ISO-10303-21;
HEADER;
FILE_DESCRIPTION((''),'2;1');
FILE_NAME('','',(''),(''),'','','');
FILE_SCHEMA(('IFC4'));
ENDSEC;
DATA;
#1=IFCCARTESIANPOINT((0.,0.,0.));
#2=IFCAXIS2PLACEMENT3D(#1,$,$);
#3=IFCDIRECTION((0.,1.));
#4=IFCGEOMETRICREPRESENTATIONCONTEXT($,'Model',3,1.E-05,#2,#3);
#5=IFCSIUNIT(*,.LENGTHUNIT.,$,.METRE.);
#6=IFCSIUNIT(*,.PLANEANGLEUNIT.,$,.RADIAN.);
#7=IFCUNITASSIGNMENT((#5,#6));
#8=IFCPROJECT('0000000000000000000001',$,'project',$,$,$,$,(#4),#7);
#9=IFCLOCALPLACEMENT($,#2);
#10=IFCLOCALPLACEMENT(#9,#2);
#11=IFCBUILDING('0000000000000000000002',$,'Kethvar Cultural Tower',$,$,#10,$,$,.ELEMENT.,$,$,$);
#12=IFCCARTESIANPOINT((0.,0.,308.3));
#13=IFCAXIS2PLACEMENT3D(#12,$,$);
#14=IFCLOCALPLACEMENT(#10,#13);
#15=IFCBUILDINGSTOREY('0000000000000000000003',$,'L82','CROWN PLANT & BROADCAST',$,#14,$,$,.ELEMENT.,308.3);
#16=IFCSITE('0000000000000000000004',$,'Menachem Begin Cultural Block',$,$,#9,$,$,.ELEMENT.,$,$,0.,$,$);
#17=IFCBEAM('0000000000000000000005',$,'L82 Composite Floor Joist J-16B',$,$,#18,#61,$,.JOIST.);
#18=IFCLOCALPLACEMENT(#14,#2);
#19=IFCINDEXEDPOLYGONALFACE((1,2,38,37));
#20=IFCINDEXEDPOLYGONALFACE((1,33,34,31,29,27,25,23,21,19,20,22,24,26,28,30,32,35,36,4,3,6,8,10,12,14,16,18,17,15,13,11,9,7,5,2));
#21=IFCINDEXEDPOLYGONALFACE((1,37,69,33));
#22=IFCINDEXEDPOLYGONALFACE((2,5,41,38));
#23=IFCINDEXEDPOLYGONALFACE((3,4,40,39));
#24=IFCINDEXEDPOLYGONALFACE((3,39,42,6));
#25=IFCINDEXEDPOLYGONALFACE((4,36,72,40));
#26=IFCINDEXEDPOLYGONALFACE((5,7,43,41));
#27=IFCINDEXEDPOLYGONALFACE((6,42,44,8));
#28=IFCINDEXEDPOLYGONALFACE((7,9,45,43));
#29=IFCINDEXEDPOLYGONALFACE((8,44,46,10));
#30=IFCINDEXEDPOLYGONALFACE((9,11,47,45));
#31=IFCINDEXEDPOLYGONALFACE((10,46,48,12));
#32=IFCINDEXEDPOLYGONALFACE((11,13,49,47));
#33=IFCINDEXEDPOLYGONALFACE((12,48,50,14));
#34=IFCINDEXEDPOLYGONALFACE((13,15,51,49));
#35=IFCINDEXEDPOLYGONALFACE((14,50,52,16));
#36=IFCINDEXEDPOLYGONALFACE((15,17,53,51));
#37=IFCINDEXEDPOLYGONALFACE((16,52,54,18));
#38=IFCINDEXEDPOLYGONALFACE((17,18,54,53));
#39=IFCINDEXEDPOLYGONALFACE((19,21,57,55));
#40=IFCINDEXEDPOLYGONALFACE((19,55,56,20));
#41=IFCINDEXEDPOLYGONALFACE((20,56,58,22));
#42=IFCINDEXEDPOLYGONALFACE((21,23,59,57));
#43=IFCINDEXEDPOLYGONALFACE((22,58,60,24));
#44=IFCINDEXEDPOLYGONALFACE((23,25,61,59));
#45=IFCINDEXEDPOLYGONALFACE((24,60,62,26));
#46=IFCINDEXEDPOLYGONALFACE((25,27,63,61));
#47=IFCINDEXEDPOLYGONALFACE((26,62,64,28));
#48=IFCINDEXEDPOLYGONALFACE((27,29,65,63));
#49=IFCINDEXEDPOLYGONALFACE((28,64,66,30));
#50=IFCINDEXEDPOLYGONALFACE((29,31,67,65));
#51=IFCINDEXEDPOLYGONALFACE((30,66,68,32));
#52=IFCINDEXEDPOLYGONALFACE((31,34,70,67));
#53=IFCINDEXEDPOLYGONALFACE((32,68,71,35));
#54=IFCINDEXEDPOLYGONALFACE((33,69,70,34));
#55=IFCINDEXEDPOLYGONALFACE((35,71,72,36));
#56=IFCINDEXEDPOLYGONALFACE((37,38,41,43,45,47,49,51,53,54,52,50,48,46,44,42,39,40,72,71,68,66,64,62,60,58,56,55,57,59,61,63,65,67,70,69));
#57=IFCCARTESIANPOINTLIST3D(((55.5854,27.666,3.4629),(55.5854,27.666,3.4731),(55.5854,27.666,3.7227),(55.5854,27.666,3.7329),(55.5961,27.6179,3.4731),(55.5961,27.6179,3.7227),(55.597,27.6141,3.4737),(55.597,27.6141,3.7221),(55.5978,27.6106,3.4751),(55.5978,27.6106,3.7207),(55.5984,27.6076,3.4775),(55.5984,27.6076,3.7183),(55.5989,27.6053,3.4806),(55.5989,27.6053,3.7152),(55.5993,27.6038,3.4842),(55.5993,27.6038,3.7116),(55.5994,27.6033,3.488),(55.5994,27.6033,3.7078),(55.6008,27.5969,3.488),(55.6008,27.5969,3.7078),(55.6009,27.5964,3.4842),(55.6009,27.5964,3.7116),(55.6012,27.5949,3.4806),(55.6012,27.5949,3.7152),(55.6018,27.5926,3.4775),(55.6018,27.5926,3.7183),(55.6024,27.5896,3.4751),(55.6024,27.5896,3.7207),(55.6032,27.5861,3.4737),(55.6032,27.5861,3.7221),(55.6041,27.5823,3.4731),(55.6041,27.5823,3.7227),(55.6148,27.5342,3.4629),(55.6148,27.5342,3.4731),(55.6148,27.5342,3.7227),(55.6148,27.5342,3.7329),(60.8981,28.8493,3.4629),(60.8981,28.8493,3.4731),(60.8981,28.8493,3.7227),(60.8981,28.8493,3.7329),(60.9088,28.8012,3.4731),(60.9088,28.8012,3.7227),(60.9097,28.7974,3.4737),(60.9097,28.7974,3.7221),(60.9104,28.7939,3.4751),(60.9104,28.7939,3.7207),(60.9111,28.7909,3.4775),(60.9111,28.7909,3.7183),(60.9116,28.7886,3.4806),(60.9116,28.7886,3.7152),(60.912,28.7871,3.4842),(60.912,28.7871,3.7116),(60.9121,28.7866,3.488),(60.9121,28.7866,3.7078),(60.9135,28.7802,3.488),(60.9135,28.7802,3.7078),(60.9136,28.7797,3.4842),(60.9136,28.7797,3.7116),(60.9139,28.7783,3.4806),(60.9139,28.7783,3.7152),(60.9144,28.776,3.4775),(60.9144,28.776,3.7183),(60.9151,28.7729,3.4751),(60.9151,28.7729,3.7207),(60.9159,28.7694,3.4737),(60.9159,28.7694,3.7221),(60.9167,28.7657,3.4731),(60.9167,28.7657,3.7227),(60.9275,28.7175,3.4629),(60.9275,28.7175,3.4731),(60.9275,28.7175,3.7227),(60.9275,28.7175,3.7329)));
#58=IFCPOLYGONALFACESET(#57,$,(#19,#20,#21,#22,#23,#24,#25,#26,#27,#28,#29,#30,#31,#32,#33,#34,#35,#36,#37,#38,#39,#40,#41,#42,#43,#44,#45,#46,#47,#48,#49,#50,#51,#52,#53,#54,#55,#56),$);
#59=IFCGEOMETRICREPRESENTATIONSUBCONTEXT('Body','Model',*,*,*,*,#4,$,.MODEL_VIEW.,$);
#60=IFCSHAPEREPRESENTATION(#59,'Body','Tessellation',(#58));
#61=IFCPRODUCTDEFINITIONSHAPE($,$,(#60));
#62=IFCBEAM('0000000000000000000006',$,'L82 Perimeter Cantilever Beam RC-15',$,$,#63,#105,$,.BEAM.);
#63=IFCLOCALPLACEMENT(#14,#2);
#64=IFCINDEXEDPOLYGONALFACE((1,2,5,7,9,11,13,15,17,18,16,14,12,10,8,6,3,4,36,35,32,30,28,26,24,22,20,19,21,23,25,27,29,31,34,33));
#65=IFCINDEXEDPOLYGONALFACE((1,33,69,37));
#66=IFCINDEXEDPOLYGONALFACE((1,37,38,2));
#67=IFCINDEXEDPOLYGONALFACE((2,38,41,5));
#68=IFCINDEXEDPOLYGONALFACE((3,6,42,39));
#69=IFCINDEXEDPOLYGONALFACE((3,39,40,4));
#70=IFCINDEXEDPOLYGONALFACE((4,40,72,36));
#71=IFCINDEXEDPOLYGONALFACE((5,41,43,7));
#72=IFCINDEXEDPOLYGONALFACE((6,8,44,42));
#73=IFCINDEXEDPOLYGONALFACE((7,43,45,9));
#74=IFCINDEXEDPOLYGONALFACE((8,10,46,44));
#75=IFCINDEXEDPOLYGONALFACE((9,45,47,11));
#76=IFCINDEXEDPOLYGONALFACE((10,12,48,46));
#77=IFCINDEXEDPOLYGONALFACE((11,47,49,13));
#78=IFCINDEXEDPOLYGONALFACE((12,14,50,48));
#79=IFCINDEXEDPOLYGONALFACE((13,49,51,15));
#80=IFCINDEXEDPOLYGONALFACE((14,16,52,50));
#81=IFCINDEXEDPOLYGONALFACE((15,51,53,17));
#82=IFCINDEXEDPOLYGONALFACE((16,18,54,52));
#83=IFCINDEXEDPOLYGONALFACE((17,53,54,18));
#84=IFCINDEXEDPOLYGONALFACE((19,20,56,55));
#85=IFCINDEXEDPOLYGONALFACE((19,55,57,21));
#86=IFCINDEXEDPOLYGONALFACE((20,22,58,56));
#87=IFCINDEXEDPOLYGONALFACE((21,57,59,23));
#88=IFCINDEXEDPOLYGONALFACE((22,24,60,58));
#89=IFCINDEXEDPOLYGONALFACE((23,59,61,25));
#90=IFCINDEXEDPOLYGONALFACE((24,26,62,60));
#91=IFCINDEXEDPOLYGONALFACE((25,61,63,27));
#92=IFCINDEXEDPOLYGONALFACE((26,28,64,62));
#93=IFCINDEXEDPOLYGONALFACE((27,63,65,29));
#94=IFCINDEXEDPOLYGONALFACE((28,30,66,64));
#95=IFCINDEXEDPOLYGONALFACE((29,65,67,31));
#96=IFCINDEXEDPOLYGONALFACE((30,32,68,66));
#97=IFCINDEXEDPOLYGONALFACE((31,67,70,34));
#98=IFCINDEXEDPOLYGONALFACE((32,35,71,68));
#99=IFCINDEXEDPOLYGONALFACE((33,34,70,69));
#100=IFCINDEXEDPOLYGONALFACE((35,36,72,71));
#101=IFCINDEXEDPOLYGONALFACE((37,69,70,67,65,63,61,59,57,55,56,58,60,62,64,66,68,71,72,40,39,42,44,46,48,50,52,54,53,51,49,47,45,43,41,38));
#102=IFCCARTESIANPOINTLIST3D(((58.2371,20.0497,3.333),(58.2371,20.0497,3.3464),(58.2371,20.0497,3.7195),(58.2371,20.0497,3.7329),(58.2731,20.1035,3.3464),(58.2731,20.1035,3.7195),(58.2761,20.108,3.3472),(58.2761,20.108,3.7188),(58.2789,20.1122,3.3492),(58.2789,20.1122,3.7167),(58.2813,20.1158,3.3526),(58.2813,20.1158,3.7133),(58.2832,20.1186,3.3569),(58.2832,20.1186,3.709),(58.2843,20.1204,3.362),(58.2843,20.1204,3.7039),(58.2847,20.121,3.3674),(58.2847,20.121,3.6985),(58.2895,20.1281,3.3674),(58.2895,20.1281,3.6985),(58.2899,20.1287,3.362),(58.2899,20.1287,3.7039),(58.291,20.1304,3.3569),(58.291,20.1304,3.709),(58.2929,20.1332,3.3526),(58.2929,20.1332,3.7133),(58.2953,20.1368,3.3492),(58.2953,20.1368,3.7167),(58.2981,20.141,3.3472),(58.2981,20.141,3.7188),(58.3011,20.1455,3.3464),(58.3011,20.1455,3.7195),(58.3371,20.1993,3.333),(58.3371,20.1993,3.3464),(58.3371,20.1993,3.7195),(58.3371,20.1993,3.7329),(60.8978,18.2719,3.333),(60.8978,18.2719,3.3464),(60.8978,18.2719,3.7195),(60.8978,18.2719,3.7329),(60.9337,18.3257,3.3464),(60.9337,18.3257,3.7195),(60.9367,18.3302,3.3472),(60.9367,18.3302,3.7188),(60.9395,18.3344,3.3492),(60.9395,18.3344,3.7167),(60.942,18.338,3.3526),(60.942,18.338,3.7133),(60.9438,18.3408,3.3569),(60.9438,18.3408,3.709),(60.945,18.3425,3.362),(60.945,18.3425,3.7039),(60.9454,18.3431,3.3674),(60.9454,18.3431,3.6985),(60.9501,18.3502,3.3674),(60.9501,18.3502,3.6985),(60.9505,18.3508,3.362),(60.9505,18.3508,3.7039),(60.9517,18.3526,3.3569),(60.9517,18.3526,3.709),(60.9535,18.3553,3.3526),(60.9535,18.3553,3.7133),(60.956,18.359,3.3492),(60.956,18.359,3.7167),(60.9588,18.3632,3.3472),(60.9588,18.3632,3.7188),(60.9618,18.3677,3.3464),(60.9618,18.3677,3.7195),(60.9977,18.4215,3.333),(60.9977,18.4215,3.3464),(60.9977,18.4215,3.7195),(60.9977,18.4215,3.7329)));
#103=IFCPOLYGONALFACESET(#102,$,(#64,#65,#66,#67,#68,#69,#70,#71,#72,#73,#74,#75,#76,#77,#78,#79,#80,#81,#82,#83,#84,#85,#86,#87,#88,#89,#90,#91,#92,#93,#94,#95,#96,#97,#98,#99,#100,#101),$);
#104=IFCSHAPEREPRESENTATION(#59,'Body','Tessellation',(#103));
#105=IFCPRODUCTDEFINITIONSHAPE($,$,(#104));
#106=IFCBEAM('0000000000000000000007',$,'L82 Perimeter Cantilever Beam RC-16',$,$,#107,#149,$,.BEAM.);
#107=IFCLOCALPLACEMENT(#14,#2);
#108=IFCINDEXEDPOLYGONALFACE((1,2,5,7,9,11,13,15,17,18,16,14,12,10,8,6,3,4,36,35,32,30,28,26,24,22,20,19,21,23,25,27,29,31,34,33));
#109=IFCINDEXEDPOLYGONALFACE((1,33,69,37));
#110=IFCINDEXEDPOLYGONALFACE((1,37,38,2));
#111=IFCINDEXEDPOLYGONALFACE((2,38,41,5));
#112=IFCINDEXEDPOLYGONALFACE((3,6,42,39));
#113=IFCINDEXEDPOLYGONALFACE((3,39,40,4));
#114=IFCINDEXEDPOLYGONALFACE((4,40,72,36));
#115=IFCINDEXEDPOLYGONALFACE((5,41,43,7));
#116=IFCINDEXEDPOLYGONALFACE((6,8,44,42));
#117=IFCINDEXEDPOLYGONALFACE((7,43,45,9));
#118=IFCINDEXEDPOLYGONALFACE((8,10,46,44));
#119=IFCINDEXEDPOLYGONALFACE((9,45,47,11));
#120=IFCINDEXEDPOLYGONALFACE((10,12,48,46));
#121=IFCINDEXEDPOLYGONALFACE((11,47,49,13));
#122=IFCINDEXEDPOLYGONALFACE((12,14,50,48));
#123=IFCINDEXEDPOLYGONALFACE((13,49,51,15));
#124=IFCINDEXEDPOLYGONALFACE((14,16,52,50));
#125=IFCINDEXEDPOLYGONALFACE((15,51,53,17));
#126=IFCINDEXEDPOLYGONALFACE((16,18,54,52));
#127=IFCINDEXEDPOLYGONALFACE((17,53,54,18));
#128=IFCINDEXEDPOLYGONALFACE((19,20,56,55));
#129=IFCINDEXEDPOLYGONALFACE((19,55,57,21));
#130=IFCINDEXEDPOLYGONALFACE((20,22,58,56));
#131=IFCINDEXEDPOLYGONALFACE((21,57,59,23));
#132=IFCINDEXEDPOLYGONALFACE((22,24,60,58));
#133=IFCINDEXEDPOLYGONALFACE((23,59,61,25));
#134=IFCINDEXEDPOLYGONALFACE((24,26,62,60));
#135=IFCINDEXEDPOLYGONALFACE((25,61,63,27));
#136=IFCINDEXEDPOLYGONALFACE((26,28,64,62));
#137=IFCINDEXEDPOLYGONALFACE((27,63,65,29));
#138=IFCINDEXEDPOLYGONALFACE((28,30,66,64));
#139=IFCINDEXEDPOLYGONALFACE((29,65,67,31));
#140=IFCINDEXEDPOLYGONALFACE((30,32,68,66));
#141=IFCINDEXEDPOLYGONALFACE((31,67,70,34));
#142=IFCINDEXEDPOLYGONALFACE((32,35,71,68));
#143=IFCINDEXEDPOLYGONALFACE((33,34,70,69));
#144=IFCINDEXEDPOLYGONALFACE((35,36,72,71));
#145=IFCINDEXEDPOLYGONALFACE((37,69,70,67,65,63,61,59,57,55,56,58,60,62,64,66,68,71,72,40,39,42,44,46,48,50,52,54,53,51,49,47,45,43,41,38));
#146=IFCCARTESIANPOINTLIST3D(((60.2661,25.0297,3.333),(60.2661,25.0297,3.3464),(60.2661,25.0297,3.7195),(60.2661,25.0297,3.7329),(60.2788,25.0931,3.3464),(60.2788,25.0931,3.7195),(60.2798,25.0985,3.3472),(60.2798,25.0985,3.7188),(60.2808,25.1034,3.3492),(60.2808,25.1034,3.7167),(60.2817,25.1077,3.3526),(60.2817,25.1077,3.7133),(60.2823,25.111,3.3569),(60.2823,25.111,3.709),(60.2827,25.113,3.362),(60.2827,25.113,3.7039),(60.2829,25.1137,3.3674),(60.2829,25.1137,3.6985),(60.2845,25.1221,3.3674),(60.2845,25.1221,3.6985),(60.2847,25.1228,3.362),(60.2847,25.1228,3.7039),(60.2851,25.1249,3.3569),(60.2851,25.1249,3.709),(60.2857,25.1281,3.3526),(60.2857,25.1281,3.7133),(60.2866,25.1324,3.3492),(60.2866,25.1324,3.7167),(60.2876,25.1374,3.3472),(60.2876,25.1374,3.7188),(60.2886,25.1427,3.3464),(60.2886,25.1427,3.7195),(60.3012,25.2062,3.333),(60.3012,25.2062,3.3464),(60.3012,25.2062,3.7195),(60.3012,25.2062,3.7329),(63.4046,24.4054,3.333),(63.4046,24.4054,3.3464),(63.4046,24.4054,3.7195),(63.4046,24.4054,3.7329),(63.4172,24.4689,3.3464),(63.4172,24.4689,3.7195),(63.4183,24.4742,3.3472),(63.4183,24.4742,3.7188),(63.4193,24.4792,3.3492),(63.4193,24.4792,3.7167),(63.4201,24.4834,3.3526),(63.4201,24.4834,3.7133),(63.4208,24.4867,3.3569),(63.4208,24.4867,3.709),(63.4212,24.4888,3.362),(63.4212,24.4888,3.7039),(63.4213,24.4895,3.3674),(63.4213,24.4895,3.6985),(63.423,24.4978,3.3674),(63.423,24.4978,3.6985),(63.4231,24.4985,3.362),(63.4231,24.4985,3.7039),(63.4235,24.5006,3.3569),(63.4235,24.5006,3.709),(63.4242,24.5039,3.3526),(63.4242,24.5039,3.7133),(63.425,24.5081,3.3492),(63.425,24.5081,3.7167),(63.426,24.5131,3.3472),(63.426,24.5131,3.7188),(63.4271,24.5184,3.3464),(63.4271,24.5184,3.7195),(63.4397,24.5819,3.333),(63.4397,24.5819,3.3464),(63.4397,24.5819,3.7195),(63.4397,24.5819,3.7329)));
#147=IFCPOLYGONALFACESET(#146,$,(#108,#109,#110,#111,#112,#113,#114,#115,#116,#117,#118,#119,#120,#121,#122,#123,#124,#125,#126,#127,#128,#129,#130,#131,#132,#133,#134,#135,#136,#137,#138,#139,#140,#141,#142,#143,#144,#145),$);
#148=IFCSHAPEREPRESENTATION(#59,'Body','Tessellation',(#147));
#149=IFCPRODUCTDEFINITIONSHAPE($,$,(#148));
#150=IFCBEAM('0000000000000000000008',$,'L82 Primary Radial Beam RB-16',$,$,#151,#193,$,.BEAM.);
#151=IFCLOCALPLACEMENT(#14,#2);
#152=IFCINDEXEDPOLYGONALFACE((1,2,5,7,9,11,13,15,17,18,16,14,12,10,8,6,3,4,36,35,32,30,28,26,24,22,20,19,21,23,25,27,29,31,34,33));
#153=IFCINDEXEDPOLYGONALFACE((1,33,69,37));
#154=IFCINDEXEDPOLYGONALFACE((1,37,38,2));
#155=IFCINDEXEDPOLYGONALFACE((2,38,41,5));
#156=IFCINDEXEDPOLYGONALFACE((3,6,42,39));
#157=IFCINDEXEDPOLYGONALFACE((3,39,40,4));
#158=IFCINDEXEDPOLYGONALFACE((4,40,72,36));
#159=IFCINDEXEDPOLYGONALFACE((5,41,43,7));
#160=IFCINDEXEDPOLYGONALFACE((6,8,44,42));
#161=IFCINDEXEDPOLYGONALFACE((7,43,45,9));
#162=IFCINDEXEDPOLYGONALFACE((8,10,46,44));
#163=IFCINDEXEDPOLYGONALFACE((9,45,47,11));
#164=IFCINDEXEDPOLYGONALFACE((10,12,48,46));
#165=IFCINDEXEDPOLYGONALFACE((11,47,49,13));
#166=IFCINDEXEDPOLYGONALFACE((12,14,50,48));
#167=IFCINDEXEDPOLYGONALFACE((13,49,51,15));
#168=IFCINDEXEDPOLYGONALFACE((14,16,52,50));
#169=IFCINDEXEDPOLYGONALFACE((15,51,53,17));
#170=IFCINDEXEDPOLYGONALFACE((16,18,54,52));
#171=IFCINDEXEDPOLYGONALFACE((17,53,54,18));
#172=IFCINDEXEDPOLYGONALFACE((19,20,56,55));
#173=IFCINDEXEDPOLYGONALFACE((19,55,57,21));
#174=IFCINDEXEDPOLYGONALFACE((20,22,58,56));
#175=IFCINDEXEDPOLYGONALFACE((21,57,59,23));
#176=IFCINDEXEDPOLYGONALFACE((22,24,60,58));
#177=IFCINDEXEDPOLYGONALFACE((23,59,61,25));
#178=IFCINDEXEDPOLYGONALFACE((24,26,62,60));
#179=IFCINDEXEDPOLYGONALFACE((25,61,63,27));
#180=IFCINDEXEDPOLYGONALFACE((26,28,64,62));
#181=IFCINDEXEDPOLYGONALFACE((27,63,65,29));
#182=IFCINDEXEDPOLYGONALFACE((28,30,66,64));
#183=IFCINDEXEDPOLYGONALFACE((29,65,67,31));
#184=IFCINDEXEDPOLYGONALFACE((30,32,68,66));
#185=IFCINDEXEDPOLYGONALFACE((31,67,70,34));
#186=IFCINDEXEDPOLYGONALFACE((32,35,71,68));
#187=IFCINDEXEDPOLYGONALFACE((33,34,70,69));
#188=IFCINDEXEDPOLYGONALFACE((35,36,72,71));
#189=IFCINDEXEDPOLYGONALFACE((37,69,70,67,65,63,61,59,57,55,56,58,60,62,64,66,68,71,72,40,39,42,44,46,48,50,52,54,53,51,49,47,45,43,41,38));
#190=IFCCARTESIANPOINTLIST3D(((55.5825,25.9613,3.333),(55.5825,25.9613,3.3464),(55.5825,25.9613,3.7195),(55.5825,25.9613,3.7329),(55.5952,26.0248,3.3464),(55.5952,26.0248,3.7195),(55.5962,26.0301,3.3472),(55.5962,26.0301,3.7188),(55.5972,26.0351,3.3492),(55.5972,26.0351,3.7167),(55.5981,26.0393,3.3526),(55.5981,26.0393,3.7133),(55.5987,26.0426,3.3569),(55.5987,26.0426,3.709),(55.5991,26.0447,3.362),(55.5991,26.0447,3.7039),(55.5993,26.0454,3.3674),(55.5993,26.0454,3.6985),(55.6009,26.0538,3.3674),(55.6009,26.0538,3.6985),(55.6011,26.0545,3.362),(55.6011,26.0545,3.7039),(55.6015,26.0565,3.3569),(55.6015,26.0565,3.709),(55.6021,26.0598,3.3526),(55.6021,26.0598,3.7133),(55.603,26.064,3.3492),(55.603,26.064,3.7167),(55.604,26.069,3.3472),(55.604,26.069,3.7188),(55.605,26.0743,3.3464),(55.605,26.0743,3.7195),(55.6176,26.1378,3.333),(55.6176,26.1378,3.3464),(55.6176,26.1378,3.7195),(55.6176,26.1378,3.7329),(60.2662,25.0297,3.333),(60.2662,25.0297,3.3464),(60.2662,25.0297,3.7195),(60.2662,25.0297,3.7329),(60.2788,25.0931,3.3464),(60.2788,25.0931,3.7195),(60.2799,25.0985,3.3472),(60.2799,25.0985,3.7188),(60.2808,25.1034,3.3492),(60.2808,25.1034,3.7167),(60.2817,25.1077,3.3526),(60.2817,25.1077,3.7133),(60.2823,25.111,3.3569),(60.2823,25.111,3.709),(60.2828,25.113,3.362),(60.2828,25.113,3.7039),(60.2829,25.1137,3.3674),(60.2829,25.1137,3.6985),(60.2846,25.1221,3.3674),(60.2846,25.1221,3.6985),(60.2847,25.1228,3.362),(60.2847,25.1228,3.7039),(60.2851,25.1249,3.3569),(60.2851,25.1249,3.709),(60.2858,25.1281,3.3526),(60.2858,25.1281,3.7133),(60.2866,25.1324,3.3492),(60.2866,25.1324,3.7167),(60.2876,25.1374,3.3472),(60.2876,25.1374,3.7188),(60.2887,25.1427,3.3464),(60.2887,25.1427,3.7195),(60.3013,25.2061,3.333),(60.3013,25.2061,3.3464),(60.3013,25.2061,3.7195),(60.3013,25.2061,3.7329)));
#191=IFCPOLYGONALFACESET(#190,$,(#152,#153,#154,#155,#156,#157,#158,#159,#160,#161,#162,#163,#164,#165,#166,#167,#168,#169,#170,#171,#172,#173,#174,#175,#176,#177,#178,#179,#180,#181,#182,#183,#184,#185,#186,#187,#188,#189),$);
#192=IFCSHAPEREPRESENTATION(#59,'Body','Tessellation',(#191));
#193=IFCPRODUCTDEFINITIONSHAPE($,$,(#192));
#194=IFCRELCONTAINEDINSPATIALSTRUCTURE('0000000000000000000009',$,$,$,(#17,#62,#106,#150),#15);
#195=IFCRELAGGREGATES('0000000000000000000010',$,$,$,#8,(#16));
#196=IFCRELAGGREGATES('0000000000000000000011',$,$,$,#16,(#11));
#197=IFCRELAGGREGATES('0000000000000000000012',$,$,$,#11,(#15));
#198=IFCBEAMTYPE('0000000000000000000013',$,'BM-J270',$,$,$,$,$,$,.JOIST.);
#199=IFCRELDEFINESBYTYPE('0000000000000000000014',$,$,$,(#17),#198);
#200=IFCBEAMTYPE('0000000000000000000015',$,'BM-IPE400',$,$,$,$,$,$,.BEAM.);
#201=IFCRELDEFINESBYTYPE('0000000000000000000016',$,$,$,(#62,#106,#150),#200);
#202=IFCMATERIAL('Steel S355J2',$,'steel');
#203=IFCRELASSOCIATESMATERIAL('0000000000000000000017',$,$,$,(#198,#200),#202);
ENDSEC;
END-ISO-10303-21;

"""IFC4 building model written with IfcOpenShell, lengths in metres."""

from ifc_helpers import new_model, si_unit, direction, frame, origin, origin_2d, place, context, subcontext, project, spatial, i_section, extrude, source, transform, mapped, material, material_profile, profile_set, type_object, element, save


model = new_model("IFC4")

# Units and contexts
model_context = context("Model", 3, precision=1e-05, world=origin(), true_north=direction((0.0, 1.0)))
body_context = subcontext(model_context, "Body", "Model", "MODEL_VIEW")
ifc_project = project(units=[si_unit("LENGTHUNIT", "METRE"), si_unit("PLANEANGLEUNIT", "RADIAN")], contexts=[model_context])

# Site, building, storey
site_placement = place(None, origin())
site = spatial("IfcSite", under=ifc_project, at=site_placement, Name="Menachem Begin Cultural Block", CompositionType="ELEMENT", RefElevation=0.0)
building_placement = place(site_placement, origin())
building = spatial("IfcBuilding", under=site, at=building_placement, Name="Kethvar Cultural Tower", CompositionType="ELEMENT")
storey_placement = place(building_placement, frame((0.0, 0.0, 308.3)))
storey = spatial("IfcBuildingStorey", under=building, at=storey_placement, Name="L82", Description="CROWN PLANT & BROADCAST", CompositionType="ELEMENT", Elevation=308.3)

# Shared definitions
ifc_material_1 = material(Name="Steel S355J2", Category="steel")

# Beams
ifc_material_profile_1 = material_profile(ifc_material_1, i_section(OverallWidth=0.135, OverallDepth=0.27, WebThickness=0.0066, FlangeThickness=0.0103, FilletRadius=0.0149, at=origin_2d()), Name="Steel S355J2 — IPE270")
ifc_profile_set_1 = profile_set([ifc_material_profile_1], Name="Steel S355J2 — IPE270")
beam_type_1 = type_object("IfcBeamType", Name="BM-J270", PredefinedType="JOIST", material=ifc_profile_set_1)
shared_shape_1 = source(origin(), body_context, "Body", "SweptSolid", [
    extrude(i_section(OverallWidth=0.135, OverallDepth=0.27, WebThickness=0.0066, FlangeThickness=0.0103, FilletRadius=0.0149, at=origin_2d()), origin(), (0.0, 0.0, 1.0), 5.4429),
])
beam_1_placement = place(storey_placement, frame((55.6001, 27.6001, 3.5979), z_axis=(0.97608, 0.21741, 0.0), x_axis=(-0.21741, 0.97608, 0.0)))
element("IfcBeam", 1, at=beam_1_placement, inside=storey, type_object=beam_type_1, Name="L82 Composite Floor Joist J-16B", PredefinedType="JOIST", context=body_context, shape_type="MappedRepresentation", body=[
    mapped(shared_shape_1, transform((0.0, 0.0, 0.0), scale=1.0)),
])
ifc_material_profile_2 = material_profile(ifc_material_1, i_section(OverallWidth=0.1799, OverallDepth=0.3999, WebThickness=0.0085, FlangeThickness=0.0134, FilletRadius=0.021, at=origin_2d()), Name="Steel S355J2 — IPE400")
ifc_profile_set_2 = profile_set([ifc_material_profile_2], Name="Steel S355J2 — IPE400")
beam_type_2 = type_object("IfcBeamType", Name="BM-IPE400", PredefinedType="BEAM", material=ifc_profile_set_2)
shared_shape_2 = source(origin(), body_context, "Body", "SweptSolid", [
    extrude(i_section(OverallWidth=0.1799, OverallDepth=0.3999, WebThickness=0.0085, FlangeThickness=0.0134, FilletRadius=0.021, at=origin_2d()), origin(), (0.0, 0.0, 1.0), 3.2),
])
for number, where, z_axis, x_axis, name in (
    (2, (58.2871, 20.1245, 3.533), (0.831463, -0.55558, 0.0), (0.55558, 0.831463, 0.0), "L82 Perimeter Cantilever Beam RC-15"),
    (3, (60.2837, 25.1179, 3.533), (0.980786, -0.195089, 0.0), (0.195089, 0.980786, 0.0), "L82 Perimeter Cantilever Beam RC-16"),
):
    element("IfcBeam", number, at=place(storey_placement, frame(where, z_axis=z_axis, x_axis=x_axis)), inside=storey, type_object=beam_type_2, Name=name, PredefinedType="BEAM", context=body_context, shape_type="MappedRepresentation", body=[
        mapped(shared_shape_2, transform((0.0, 0.0, 0.0), scale=1.0)),
    ])
shared_shape_3 = source(origin(), body_context, "Body", "SweptSolid", [
    extrude(i_section(OverallWidth=0.1799, OverallDepth=0.3999, WebThickness=0.0085, FlangeThickness=0.0134, FilletRadius=0.021, at=origin_2d()), origin(), (0.0, 0.0, 1.0), 4.7754),
])
beam_2_placement = place(storey_placement, frame((55.6001, 26.0496, 3.533), z_axis=(0.980785, -0.195094, 0.0), x_axis=(0.195094, 0.980785, 0.0)))
element("IfcBeam", 4, at=beam_2_placement, inside=storey, type_object=beam_type_2, Name="L82 Primary Radial Beam RB-16", PredefinedType="BEAM", context=body_context, shape_type="MappedRepresentation", body=[
    mapped(shared_shape_3, transform((0.0, 0.0, 0.0), scale=1.0)),
])

save(model, "model.ifc")
